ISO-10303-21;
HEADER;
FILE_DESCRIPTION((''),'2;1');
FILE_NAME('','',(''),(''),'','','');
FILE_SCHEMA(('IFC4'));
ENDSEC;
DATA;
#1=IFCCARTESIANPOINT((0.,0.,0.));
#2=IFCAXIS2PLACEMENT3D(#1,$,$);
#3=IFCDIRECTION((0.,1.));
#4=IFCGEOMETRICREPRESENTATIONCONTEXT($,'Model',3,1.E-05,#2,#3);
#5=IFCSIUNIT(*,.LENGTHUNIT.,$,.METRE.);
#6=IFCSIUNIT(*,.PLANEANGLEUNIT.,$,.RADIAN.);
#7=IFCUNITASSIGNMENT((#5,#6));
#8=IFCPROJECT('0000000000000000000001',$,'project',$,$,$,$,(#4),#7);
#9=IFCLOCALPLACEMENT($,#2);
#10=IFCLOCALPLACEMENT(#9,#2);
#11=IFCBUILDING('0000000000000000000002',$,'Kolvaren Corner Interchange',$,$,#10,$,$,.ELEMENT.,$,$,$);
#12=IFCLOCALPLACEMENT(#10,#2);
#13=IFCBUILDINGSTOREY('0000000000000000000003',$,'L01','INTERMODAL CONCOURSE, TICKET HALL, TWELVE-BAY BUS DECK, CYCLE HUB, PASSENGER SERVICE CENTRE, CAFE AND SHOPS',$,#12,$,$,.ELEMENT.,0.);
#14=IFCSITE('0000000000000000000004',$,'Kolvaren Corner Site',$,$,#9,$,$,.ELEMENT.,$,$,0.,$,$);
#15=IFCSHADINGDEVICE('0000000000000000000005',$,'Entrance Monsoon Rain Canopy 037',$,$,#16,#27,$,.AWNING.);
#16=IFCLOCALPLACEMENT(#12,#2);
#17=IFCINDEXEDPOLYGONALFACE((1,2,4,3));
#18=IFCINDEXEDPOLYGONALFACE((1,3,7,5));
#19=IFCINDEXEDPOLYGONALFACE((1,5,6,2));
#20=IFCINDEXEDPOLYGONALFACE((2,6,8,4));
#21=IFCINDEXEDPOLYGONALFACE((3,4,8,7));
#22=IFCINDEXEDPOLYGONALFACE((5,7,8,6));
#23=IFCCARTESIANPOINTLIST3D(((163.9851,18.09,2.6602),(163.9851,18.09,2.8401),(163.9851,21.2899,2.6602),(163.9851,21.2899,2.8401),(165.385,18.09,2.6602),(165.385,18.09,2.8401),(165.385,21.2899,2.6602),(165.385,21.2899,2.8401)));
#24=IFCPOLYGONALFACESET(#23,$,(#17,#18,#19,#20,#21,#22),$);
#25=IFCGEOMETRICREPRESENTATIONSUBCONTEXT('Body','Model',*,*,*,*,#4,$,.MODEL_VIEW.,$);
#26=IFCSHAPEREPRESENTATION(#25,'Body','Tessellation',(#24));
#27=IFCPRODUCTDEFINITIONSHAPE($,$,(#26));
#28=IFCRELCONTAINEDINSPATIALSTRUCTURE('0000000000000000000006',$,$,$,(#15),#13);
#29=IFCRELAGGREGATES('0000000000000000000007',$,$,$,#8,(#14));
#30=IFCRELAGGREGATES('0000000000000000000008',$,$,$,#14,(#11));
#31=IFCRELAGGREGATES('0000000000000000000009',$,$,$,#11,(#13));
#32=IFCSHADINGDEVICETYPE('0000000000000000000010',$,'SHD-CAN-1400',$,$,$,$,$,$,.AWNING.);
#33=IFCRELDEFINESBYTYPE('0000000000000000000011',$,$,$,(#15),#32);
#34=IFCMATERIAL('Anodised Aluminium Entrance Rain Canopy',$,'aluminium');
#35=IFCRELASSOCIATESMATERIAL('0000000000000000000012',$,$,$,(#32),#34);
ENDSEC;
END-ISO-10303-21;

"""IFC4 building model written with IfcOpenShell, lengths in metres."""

from ifc_helpers import new_model, si_unit, direction, frame, origin, origin_2d, place, context, subcontext, project, spatial, rectangle, extrude, material, type_object, element, save


model = new_model("IFC4")

# Units and contexts
model_context = context("Model", 3, precision=1e-05, world=origin(), true_north=direction((0.0, 1.0)))
body_context = subcontext(model_context, "Body", "Model", "MODEL_VIEW")
ifc_project = project(units=[si_unit("LENGTHUNIT", "METRE"), si_unit("PLANEANGLEUNIT", "RADIAN")], contexts=[model_context])

# Site, building, storey
site_placement = place(None, origin())
site = spatial("IfcSite", under=ifc_project, at=site_placement, Name="Kolvaren Corner Site", CompositionType="ELEMENT", RefElevation=0.0)
building_placement = place(site_placement, origin())
building = spatial("IfcBuilding", under=site, at=building_placement, Name="Kolvaren Corner Interchange", CompositionType="ELEMENT")
storey_placement = place(building_placement, origin())
storey = spatial("IfcBuildingStorey", under=building, at=storey_placement, Name="L01", Description="INTERMODAL CONCOURSE, TICKET HALL, TWELVE-BAY BUS DECK, CYCLE HUB, PASSENGER SERVICE CENTRE, CAFE AND SHOPS", CompositionType="ELEMENT", Elevation=0.0)

# Shading device
ifc_material_1 = material(Name="Anodised Aluminium Entrance Rain Canopy", Category="aluminium")
shading_device_type = type_object("IfcShadingDeviceType", Name="SHD-CAN-1400", PredefinedType="AWNING", material=ifc_material_1)
shading_device_placement = place(storey_placement, frame((164.6851, 19.6899, 2.6602), z_axis=(0.0, 0.0, 1.0), x_axis=(0.0, 1.0, 0.0)))
element("IfcShadingDevice", 1, at=shading_device_placement, inside=storey, type_object=shading_device_type, Name="Entrance Monsoon Rain Canopy 037", PredefinedType="AWNING", context=body_context, shape_type="SweptSolid", body=[
    extrude(rectangle(XDim=3.2, YDim=1.3999, at=origin_2d()), origin(), (0.0, 0.0, 1.0), 0.1799),
])

save(model, "model.ifc")
